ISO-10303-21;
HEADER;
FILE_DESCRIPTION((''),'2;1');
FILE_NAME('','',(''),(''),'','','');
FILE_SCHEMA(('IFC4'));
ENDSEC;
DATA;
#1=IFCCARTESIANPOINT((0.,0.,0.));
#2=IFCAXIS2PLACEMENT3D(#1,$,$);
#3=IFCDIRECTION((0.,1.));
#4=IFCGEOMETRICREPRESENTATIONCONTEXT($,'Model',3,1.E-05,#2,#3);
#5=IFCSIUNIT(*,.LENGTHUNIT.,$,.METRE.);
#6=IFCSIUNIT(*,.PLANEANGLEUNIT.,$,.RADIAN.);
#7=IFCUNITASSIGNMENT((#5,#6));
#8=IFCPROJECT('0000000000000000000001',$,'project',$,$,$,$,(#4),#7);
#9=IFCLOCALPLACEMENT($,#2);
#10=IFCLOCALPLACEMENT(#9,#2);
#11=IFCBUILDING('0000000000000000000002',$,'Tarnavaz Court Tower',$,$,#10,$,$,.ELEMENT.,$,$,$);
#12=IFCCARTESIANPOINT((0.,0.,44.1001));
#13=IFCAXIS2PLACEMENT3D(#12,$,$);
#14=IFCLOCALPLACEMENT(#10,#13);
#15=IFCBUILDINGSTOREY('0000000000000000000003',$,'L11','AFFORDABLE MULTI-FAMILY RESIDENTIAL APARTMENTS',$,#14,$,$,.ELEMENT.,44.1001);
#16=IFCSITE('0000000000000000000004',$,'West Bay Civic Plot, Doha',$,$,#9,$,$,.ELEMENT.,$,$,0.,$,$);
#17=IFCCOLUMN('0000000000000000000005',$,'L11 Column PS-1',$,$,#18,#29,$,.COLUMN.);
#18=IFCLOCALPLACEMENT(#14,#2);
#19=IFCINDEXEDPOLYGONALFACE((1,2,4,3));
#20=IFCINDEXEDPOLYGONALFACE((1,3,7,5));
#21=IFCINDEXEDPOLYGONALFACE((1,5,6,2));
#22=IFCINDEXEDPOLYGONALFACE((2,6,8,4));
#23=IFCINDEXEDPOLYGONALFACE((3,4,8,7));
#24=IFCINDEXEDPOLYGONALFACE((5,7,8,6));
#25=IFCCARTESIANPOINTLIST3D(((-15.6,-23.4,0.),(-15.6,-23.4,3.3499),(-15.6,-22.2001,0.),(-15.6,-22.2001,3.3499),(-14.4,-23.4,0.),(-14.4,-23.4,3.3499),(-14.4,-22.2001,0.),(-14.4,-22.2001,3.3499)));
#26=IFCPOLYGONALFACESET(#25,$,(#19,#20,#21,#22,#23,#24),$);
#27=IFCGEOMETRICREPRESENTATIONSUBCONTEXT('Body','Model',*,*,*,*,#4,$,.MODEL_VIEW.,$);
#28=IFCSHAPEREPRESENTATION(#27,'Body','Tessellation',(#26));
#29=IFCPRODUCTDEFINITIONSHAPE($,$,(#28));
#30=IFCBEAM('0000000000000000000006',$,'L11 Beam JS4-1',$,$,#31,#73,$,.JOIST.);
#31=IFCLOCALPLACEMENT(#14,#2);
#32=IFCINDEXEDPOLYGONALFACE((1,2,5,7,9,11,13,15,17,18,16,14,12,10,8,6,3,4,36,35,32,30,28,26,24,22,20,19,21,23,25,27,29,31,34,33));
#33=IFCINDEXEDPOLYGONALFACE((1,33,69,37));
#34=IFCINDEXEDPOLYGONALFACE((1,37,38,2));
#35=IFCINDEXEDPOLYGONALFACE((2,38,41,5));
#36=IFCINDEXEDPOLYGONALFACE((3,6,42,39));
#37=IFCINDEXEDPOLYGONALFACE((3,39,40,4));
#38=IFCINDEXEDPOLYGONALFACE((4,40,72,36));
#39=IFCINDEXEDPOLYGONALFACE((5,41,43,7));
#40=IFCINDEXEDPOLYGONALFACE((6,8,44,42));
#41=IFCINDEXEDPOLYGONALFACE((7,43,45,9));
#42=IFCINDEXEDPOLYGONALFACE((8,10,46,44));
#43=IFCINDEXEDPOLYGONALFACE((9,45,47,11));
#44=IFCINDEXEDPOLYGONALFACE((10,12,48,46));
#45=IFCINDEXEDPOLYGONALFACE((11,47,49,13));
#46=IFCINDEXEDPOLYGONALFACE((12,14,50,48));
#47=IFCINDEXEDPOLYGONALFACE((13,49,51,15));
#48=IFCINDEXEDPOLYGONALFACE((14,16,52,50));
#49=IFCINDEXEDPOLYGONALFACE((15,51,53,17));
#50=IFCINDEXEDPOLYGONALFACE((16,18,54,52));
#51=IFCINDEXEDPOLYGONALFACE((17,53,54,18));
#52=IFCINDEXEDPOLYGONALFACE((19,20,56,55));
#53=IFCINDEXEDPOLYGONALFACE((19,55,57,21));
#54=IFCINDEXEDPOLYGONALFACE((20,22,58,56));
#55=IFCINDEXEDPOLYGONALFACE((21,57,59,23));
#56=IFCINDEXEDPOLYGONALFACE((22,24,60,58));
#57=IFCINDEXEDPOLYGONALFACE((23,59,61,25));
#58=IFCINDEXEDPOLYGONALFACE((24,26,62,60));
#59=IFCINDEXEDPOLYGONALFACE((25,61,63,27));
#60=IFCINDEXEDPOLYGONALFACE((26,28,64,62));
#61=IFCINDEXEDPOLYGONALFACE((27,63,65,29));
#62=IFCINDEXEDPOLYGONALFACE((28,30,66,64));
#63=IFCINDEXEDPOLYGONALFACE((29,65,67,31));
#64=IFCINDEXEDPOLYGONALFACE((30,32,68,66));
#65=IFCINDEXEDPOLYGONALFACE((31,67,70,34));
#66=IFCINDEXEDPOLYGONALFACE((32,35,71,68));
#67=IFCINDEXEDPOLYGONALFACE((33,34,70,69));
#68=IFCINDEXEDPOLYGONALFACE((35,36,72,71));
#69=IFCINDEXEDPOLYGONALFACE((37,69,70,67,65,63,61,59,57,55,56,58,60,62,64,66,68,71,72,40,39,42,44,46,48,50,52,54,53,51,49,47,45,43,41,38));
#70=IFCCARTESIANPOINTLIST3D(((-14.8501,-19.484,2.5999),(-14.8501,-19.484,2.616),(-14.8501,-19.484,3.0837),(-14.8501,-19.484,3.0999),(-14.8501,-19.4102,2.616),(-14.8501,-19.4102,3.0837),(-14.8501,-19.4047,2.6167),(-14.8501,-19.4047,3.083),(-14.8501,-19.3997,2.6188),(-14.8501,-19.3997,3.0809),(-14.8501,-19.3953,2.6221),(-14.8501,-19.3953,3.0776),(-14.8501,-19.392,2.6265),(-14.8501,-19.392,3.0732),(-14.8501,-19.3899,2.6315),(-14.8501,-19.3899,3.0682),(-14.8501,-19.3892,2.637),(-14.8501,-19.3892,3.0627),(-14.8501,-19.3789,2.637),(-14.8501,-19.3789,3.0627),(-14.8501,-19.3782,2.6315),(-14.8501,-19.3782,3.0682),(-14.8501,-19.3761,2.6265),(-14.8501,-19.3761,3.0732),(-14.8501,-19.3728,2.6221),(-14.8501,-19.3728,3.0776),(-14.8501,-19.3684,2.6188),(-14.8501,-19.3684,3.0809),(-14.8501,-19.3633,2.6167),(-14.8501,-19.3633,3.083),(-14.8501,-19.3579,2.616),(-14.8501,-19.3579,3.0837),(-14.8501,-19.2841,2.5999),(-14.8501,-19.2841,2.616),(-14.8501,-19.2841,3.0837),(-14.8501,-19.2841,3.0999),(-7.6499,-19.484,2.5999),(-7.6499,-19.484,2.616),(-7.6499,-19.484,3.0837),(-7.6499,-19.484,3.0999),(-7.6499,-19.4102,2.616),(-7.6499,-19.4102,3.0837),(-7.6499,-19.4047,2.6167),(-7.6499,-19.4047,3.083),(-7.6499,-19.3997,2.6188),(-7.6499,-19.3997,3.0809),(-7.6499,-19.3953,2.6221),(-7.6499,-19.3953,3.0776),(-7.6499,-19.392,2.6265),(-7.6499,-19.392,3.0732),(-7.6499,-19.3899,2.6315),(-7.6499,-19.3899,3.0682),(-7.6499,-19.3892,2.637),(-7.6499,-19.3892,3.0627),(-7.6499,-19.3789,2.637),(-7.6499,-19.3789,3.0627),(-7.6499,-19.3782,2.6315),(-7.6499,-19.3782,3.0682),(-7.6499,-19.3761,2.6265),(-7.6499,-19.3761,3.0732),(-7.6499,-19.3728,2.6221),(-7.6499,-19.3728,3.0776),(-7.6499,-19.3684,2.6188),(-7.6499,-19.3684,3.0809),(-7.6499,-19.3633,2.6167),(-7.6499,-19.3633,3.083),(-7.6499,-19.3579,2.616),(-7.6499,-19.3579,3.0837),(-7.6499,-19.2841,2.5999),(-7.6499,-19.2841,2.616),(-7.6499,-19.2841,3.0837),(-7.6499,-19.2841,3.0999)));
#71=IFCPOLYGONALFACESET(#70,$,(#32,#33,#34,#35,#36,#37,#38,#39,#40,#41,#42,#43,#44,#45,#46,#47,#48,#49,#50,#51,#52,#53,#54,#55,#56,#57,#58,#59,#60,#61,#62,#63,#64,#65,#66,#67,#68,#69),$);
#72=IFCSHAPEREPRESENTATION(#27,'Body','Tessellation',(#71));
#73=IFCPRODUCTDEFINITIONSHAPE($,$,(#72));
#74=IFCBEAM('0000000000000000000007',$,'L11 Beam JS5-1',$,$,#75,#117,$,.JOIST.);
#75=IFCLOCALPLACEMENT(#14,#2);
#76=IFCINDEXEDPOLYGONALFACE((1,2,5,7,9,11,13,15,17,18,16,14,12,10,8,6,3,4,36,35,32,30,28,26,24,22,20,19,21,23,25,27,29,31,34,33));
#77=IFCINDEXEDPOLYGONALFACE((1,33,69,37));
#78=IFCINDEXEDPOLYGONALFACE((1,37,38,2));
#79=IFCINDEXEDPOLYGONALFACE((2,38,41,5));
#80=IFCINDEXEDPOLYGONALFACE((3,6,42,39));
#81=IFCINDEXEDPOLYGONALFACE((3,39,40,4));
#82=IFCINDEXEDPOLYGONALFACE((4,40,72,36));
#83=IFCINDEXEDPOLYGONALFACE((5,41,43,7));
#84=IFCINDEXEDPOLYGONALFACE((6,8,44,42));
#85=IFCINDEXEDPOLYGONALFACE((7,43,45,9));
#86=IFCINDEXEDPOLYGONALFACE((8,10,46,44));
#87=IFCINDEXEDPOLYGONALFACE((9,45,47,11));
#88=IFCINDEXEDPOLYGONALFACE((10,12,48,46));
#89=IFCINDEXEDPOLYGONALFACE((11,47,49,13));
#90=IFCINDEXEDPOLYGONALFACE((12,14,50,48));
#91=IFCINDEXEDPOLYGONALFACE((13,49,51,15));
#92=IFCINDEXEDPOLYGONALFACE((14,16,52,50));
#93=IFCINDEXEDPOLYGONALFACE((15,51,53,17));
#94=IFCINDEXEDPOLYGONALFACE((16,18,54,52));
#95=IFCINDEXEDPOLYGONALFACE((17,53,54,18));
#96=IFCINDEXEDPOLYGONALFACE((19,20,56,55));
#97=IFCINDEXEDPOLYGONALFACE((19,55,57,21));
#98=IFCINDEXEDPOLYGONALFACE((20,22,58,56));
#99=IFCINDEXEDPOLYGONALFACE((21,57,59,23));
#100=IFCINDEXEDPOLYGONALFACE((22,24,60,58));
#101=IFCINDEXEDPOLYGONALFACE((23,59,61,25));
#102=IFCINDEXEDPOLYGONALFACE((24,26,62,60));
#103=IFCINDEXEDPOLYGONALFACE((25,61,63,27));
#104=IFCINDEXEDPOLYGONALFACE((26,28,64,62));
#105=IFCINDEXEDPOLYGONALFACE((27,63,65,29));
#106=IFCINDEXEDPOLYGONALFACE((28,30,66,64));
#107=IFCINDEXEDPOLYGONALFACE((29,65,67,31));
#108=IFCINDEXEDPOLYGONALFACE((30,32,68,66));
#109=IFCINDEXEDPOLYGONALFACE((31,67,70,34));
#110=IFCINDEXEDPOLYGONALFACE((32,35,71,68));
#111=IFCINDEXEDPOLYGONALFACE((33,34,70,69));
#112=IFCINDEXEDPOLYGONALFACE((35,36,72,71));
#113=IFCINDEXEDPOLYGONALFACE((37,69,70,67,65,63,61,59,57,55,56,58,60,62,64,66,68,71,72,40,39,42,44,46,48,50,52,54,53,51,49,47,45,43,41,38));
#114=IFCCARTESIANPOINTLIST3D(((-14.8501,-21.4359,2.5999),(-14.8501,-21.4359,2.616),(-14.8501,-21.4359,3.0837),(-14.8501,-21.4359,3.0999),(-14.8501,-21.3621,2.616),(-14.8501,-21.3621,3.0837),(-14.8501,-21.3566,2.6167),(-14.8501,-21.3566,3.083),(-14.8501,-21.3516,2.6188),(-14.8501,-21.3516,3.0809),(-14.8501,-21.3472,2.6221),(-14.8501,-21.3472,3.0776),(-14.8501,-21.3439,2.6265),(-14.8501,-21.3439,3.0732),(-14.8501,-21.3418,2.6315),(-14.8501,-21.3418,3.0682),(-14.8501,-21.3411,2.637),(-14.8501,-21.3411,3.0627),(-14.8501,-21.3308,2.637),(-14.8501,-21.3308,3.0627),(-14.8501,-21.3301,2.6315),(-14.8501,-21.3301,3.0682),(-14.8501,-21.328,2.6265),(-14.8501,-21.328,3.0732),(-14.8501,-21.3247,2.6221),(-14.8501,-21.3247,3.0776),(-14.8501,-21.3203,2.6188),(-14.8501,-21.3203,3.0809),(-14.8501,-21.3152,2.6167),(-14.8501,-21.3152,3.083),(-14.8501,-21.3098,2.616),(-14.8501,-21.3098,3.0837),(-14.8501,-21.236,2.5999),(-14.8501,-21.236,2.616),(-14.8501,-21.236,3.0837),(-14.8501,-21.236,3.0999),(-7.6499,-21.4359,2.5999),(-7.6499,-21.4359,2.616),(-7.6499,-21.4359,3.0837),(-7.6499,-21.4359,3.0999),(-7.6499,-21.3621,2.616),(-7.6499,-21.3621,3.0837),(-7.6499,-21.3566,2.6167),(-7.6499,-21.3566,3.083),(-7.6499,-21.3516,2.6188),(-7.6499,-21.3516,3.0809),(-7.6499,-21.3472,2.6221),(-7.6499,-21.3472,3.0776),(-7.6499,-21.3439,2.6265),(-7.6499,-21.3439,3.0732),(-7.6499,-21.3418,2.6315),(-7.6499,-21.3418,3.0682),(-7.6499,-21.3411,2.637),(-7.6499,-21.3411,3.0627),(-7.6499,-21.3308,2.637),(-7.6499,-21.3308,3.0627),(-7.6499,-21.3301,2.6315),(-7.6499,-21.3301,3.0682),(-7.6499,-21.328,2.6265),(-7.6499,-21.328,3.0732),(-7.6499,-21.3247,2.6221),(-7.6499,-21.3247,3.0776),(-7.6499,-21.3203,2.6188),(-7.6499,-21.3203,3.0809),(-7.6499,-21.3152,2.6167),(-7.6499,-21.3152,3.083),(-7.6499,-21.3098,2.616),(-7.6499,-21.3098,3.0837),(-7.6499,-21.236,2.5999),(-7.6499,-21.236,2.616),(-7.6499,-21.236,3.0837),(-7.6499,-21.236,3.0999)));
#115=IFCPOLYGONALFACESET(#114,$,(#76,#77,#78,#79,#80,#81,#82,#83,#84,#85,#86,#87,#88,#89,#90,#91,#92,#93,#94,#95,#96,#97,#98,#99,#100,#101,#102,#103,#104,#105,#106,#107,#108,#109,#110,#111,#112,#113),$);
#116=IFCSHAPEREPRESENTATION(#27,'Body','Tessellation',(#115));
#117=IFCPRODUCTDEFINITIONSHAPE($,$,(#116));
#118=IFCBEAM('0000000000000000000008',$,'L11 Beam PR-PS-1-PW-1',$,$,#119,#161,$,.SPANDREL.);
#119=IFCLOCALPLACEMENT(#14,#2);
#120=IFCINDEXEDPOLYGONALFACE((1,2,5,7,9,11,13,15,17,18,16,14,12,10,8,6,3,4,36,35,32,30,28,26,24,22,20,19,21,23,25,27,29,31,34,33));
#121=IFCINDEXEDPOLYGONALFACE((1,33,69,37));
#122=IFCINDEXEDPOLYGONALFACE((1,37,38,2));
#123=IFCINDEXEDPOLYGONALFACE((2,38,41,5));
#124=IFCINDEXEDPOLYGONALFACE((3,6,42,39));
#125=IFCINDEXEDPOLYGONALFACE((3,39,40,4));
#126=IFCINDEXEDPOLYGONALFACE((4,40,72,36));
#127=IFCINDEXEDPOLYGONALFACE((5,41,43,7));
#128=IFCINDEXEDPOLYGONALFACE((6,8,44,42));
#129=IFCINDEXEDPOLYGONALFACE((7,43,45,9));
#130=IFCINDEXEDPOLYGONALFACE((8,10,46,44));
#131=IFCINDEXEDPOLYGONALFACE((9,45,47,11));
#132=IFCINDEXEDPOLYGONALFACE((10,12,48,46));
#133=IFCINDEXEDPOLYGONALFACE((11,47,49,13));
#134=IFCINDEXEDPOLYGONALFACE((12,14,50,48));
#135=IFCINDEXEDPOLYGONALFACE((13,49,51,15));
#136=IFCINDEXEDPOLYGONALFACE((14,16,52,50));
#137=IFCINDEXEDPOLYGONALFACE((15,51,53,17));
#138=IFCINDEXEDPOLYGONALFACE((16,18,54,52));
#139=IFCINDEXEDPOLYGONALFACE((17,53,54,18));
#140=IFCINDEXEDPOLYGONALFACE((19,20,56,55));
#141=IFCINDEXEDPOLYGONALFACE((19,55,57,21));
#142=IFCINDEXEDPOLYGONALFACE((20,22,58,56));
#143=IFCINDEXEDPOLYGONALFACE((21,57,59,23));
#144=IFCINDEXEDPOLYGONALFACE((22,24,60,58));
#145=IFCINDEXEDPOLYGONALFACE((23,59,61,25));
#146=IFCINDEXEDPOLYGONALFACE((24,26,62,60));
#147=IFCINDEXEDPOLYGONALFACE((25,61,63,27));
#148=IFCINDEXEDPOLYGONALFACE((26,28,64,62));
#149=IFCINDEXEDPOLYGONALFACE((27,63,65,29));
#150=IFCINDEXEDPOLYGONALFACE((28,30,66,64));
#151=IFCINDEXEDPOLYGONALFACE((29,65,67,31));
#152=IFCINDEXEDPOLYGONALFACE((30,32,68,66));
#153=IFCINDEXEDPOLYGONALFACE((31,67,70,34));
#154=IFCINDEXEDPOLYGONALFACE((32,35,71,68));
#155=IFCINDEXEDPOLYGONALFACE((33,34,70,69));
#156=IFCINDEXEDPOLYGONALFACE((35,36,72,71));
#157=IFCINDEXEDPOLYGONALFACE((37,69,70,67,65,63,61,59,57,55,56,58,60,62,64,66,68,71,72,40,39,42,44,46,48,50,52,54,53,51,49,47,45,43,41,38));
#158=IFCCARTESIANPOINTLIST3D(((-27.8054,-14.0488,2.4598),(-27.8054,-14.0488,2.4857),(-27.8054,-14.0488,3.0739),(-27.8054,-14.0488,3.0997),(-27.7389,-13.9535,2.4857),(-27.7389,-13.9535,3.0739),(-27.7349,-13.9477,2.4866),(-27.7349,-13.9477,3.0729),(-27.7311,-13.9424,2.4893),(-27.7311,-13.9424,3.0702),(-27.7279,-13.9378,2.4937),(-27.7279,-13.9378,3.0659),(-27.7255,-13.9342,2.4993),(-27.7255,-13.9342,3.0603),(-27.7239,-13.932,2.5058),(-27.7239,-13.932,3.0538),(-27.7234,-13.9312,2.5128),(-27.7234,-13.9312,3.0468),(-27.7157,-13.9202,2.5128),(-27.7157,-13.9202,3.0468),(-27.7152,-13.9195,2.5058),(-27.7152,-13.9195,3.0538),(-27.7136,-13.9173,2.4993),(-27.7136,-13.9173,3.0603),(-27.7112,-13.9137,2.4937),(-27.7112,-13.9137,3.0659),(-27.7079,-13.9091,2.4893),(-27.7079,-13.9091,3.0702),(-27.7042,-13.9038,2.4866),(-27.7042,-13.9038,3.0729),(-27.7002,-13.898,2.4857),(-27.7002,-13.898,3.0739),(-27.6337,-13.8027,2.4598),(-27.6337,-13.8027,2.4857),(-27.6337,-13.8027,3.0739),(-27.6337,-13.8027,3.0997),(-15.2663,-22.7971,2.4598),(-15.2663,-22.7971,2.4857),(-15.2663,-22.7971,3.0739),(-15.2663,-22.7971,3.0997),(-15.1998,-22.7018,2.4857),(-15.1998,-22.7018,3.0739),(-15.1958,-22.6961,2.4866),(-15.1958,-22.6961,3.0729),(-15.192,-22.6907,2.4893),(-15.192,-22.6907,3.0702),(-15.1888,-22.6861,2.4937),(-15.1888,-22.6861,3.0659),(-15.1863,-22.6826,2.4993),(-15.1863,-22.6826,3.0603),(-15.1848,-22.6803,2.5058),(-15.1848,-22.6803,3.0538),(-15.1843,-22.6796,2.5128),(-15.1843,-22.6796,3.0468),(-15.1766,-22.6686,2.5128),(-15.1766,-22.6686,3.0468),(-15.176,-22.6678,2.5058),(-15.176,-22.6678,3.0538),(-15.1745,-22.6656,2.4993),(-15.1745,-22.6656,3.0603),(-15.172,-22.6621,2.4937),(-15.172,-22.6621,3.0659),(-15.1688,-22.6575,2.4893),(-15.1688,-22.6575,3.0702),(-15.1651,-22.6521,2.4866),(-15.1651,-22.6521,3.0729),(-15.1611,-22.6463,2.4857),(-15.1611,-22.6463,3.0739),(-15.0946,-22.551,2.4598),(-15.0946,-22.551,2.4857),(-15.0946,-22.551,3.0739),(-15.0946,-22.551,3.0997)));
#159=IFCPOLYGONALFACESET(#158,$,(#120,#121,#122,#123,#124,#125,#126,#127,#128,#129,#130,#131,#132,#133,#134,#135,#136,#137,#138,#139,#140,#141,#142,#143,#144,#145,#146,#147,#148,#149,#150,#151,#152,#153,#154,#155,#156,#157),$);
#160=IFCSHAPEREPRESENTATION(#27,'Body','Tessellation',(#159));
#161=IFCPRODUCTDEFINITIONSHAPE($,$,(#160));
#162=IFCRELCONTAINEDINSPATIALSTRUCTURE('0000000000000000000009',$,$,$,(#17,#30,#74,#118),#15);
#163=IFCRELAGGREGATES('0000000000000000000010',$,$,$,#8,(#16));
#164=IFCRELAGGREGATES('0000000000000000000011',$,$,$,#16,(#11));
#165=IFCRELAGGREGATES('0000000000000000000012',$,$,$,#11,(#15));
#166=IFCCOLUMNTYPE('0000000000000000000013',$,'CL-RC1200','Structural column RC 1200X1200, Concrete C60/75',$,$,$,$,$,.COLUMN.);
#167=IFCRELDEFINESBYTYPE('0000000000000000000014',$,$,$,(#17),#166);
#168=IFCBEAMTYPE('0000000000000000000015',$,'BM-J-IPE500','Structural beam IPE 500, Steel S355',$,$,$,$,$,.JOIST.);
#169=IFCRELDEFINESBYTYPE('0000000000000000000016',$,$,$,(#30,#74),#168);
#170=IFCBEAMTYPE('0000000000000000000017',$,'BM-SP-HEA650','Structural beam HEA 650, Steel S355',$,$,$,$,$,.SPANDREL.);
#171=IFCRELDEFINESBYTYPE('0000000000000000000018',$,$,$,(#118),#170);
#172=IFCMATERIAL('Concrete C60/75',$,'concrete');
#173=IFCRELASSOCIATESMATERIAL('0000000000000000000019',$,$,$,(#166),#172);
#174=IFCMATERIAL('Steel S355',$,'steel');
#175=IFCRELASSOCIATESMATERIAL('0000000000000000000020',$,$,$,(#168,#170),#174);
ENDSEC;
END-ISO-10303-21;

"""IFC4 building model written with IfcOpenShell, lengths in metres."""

from ifc_helpers import new_model, si_unit, direction, frame, origin, origin_2d, place, context, subcontext, project, spatial, rectangle, i_section, extrude, material, material_profile, profile_set, type_object, element, save


model = new_model("IFC4")

# Units and contexts
model_context = context("Model", 3, precision=1e-05, world=origin(), true_north=direction((0.0, 1.0)))
body_context = subcontext(model_context, "Body", "Model", "MODEL_VIEW")
ifc_project = project(units=[si_unit("LENGTHUNIT", "METRE"), si_unit("PLANEANGLEUNIT", "RADIAN")], contexts=[model_context])

# Site, building, storey
site_placement = place(None, origin())
site = spatial("IfcSite", under=ifc_project, at=site_placement, Name="West Bay Civic Plot, Doha", CompositionType="ELEMENT", RefElevation=0.0)
building_placement = place(site_placement, origin())
building = spatial("IfcBuilding", under=site, at=building_placement, Name="Tarnavaz Court Tower", CompositionType="ELEMENT")
storey_placement = place(building_placement, frame((0.0, 0.0, 44.1001)))
storey = spatial("IfcBuildingStorey", under=building, at=storey_placement, Name="L11", Description="AFFORDABLE MULTI-FAMILY RESIDENTIAL APARTMENTS", CompositionType="ELEMENT", Elevation=44.1001)

# Column
ifc_material_1 = material(Name="Concrete C60/75", Category="concrete")
ifc_material_profile_1 = material_profile(ifc_material_1, rectangle(XDim=1.2, YDim=1.2, at=origin_2d()), Name="RC 1200X1200")
ifc_profile_set_1 = profile_set([ifc_material_profile_1], Name="Concrete C60/75")
column_type = type_object("IfcColumnType", Name="CL-RC1200", Description="Structural column RC 1200X1200, Concrete C60/75", PredefinedType="COLUMN", material=ifc_profile_set_1)
column_placement = place(storey_placement, frame((-15.0, -22.8, 0.0), z_axis=(0.0, 0.0, 1.0), x_axis=(1.0, 0.0, 0.0)))
element("IfcColumn", 1, at=column_placement, inside=storey, type_object=column_type, Name="L11 Column PS-1", PredefinedType="COLUMN", context=body_context, shape_type="SweptSolid", body=[
    extrude(rectangle(XDim=1.2, YDim=1.2, at=origin_2d()), origin(), (0.0, 0.0, 1.0), 3.3499),
])

# Beams
ifc_material_2 = material(Name="Steel S355", Category="steel")
ifc_material_profile_2 = material_profile(ifc_material_2, i_section(OverallWidth=0.2, OverallDepth=0.5, WebThickness=0.0103, FlangeThickness=0.0161, FilletRadius=0.021, at=origin_2d()), Name="IPE 500")
ifc_profile_set_2 = profile_set([ifc_material_profile_2], Name="Steel S355")
beam_type_1 = type_object("IfcBeamType", Name="BM-J-IPE500", Description="Structural beam IPE 500, Steel S355", PredefinedType="JOIST", material=ifc_profile_set_2)
for number, where, z_axis, x_axis, name in (
    (2, (-14.8501, -19.384, 2.8499), (1.0, 0.0, 0.0), (0.0, 1.0, 0.0), "L11 Beam JS4-1"),
    (3, (-14.8501, -21.3359, 2.8499), (1.0, 0.0, 0.0), (0.0, 1.0, 0.0), "L11 Beam JS5-1"),
):
    element("IfcBeam", number, at=place(storey_placement, frame(where, z_axis=z_axis, x_axis=x_axis)), inside=storey, type_object=beam_type_1, Name=name, PredefinedType="JOIST", context=body_context, shape_type="SweptSolid", body=[
        extrude(i_section(OverallWidth=0.2, OverallDepth=0.5, WebThickness=0.0103, FlangeThickness=0.0161, FilletRadius=0.021, at=origin_2d()), origin(), (0.0, 0.0, 1.0), 7.2002),
    ])
ifc_material_profile_3 = material_profile(ifc_material_2, i_section(OverallWidth=0.3, OverallDepth=0.6399, WebThickness=0.0134, FlangeThickness=0.0259, FilletRadius=0.0271, at=origin_2d()), Name="HEA 650")
ifc_profile_set_3 = profile_set([ifc_material_profile_3], Name="Steel S355")
beam_type_2 = type_object("IfcBeamType", Name="BM-SP-HEA650", Description="Structural beam HEA 650, Steel S355", PredefinedType="SPANDREL", material=ifc_profile_set_3)
beam_placement = place(storey_placement, frame((-15.1804, -22.6741, 2.7798), z_axis=(-0.820124, 0.572186, 0.0), x_axis=(-0.572186, -0.820124, 0.0)))
element("IfcBeam", 4, at=beam_placement, inside=storey, type_object=beam_type_2, Name="L11 Beam PR-PS-1-PW-1", PredefinedType="SPANDREL", context=body_context, shape_type="SweptSolid", body=[
    extrude(i_section(OverallWidth=0.3, OverallDepth=0.6399, WebThickness=0.0134, FlangeThickness=0.0259, FilletRadius=0.0271, at=origin_2d()), origin(), (0.0, 0.0, 1.0), 15.2893),
])

save(model, "model.ifc")
